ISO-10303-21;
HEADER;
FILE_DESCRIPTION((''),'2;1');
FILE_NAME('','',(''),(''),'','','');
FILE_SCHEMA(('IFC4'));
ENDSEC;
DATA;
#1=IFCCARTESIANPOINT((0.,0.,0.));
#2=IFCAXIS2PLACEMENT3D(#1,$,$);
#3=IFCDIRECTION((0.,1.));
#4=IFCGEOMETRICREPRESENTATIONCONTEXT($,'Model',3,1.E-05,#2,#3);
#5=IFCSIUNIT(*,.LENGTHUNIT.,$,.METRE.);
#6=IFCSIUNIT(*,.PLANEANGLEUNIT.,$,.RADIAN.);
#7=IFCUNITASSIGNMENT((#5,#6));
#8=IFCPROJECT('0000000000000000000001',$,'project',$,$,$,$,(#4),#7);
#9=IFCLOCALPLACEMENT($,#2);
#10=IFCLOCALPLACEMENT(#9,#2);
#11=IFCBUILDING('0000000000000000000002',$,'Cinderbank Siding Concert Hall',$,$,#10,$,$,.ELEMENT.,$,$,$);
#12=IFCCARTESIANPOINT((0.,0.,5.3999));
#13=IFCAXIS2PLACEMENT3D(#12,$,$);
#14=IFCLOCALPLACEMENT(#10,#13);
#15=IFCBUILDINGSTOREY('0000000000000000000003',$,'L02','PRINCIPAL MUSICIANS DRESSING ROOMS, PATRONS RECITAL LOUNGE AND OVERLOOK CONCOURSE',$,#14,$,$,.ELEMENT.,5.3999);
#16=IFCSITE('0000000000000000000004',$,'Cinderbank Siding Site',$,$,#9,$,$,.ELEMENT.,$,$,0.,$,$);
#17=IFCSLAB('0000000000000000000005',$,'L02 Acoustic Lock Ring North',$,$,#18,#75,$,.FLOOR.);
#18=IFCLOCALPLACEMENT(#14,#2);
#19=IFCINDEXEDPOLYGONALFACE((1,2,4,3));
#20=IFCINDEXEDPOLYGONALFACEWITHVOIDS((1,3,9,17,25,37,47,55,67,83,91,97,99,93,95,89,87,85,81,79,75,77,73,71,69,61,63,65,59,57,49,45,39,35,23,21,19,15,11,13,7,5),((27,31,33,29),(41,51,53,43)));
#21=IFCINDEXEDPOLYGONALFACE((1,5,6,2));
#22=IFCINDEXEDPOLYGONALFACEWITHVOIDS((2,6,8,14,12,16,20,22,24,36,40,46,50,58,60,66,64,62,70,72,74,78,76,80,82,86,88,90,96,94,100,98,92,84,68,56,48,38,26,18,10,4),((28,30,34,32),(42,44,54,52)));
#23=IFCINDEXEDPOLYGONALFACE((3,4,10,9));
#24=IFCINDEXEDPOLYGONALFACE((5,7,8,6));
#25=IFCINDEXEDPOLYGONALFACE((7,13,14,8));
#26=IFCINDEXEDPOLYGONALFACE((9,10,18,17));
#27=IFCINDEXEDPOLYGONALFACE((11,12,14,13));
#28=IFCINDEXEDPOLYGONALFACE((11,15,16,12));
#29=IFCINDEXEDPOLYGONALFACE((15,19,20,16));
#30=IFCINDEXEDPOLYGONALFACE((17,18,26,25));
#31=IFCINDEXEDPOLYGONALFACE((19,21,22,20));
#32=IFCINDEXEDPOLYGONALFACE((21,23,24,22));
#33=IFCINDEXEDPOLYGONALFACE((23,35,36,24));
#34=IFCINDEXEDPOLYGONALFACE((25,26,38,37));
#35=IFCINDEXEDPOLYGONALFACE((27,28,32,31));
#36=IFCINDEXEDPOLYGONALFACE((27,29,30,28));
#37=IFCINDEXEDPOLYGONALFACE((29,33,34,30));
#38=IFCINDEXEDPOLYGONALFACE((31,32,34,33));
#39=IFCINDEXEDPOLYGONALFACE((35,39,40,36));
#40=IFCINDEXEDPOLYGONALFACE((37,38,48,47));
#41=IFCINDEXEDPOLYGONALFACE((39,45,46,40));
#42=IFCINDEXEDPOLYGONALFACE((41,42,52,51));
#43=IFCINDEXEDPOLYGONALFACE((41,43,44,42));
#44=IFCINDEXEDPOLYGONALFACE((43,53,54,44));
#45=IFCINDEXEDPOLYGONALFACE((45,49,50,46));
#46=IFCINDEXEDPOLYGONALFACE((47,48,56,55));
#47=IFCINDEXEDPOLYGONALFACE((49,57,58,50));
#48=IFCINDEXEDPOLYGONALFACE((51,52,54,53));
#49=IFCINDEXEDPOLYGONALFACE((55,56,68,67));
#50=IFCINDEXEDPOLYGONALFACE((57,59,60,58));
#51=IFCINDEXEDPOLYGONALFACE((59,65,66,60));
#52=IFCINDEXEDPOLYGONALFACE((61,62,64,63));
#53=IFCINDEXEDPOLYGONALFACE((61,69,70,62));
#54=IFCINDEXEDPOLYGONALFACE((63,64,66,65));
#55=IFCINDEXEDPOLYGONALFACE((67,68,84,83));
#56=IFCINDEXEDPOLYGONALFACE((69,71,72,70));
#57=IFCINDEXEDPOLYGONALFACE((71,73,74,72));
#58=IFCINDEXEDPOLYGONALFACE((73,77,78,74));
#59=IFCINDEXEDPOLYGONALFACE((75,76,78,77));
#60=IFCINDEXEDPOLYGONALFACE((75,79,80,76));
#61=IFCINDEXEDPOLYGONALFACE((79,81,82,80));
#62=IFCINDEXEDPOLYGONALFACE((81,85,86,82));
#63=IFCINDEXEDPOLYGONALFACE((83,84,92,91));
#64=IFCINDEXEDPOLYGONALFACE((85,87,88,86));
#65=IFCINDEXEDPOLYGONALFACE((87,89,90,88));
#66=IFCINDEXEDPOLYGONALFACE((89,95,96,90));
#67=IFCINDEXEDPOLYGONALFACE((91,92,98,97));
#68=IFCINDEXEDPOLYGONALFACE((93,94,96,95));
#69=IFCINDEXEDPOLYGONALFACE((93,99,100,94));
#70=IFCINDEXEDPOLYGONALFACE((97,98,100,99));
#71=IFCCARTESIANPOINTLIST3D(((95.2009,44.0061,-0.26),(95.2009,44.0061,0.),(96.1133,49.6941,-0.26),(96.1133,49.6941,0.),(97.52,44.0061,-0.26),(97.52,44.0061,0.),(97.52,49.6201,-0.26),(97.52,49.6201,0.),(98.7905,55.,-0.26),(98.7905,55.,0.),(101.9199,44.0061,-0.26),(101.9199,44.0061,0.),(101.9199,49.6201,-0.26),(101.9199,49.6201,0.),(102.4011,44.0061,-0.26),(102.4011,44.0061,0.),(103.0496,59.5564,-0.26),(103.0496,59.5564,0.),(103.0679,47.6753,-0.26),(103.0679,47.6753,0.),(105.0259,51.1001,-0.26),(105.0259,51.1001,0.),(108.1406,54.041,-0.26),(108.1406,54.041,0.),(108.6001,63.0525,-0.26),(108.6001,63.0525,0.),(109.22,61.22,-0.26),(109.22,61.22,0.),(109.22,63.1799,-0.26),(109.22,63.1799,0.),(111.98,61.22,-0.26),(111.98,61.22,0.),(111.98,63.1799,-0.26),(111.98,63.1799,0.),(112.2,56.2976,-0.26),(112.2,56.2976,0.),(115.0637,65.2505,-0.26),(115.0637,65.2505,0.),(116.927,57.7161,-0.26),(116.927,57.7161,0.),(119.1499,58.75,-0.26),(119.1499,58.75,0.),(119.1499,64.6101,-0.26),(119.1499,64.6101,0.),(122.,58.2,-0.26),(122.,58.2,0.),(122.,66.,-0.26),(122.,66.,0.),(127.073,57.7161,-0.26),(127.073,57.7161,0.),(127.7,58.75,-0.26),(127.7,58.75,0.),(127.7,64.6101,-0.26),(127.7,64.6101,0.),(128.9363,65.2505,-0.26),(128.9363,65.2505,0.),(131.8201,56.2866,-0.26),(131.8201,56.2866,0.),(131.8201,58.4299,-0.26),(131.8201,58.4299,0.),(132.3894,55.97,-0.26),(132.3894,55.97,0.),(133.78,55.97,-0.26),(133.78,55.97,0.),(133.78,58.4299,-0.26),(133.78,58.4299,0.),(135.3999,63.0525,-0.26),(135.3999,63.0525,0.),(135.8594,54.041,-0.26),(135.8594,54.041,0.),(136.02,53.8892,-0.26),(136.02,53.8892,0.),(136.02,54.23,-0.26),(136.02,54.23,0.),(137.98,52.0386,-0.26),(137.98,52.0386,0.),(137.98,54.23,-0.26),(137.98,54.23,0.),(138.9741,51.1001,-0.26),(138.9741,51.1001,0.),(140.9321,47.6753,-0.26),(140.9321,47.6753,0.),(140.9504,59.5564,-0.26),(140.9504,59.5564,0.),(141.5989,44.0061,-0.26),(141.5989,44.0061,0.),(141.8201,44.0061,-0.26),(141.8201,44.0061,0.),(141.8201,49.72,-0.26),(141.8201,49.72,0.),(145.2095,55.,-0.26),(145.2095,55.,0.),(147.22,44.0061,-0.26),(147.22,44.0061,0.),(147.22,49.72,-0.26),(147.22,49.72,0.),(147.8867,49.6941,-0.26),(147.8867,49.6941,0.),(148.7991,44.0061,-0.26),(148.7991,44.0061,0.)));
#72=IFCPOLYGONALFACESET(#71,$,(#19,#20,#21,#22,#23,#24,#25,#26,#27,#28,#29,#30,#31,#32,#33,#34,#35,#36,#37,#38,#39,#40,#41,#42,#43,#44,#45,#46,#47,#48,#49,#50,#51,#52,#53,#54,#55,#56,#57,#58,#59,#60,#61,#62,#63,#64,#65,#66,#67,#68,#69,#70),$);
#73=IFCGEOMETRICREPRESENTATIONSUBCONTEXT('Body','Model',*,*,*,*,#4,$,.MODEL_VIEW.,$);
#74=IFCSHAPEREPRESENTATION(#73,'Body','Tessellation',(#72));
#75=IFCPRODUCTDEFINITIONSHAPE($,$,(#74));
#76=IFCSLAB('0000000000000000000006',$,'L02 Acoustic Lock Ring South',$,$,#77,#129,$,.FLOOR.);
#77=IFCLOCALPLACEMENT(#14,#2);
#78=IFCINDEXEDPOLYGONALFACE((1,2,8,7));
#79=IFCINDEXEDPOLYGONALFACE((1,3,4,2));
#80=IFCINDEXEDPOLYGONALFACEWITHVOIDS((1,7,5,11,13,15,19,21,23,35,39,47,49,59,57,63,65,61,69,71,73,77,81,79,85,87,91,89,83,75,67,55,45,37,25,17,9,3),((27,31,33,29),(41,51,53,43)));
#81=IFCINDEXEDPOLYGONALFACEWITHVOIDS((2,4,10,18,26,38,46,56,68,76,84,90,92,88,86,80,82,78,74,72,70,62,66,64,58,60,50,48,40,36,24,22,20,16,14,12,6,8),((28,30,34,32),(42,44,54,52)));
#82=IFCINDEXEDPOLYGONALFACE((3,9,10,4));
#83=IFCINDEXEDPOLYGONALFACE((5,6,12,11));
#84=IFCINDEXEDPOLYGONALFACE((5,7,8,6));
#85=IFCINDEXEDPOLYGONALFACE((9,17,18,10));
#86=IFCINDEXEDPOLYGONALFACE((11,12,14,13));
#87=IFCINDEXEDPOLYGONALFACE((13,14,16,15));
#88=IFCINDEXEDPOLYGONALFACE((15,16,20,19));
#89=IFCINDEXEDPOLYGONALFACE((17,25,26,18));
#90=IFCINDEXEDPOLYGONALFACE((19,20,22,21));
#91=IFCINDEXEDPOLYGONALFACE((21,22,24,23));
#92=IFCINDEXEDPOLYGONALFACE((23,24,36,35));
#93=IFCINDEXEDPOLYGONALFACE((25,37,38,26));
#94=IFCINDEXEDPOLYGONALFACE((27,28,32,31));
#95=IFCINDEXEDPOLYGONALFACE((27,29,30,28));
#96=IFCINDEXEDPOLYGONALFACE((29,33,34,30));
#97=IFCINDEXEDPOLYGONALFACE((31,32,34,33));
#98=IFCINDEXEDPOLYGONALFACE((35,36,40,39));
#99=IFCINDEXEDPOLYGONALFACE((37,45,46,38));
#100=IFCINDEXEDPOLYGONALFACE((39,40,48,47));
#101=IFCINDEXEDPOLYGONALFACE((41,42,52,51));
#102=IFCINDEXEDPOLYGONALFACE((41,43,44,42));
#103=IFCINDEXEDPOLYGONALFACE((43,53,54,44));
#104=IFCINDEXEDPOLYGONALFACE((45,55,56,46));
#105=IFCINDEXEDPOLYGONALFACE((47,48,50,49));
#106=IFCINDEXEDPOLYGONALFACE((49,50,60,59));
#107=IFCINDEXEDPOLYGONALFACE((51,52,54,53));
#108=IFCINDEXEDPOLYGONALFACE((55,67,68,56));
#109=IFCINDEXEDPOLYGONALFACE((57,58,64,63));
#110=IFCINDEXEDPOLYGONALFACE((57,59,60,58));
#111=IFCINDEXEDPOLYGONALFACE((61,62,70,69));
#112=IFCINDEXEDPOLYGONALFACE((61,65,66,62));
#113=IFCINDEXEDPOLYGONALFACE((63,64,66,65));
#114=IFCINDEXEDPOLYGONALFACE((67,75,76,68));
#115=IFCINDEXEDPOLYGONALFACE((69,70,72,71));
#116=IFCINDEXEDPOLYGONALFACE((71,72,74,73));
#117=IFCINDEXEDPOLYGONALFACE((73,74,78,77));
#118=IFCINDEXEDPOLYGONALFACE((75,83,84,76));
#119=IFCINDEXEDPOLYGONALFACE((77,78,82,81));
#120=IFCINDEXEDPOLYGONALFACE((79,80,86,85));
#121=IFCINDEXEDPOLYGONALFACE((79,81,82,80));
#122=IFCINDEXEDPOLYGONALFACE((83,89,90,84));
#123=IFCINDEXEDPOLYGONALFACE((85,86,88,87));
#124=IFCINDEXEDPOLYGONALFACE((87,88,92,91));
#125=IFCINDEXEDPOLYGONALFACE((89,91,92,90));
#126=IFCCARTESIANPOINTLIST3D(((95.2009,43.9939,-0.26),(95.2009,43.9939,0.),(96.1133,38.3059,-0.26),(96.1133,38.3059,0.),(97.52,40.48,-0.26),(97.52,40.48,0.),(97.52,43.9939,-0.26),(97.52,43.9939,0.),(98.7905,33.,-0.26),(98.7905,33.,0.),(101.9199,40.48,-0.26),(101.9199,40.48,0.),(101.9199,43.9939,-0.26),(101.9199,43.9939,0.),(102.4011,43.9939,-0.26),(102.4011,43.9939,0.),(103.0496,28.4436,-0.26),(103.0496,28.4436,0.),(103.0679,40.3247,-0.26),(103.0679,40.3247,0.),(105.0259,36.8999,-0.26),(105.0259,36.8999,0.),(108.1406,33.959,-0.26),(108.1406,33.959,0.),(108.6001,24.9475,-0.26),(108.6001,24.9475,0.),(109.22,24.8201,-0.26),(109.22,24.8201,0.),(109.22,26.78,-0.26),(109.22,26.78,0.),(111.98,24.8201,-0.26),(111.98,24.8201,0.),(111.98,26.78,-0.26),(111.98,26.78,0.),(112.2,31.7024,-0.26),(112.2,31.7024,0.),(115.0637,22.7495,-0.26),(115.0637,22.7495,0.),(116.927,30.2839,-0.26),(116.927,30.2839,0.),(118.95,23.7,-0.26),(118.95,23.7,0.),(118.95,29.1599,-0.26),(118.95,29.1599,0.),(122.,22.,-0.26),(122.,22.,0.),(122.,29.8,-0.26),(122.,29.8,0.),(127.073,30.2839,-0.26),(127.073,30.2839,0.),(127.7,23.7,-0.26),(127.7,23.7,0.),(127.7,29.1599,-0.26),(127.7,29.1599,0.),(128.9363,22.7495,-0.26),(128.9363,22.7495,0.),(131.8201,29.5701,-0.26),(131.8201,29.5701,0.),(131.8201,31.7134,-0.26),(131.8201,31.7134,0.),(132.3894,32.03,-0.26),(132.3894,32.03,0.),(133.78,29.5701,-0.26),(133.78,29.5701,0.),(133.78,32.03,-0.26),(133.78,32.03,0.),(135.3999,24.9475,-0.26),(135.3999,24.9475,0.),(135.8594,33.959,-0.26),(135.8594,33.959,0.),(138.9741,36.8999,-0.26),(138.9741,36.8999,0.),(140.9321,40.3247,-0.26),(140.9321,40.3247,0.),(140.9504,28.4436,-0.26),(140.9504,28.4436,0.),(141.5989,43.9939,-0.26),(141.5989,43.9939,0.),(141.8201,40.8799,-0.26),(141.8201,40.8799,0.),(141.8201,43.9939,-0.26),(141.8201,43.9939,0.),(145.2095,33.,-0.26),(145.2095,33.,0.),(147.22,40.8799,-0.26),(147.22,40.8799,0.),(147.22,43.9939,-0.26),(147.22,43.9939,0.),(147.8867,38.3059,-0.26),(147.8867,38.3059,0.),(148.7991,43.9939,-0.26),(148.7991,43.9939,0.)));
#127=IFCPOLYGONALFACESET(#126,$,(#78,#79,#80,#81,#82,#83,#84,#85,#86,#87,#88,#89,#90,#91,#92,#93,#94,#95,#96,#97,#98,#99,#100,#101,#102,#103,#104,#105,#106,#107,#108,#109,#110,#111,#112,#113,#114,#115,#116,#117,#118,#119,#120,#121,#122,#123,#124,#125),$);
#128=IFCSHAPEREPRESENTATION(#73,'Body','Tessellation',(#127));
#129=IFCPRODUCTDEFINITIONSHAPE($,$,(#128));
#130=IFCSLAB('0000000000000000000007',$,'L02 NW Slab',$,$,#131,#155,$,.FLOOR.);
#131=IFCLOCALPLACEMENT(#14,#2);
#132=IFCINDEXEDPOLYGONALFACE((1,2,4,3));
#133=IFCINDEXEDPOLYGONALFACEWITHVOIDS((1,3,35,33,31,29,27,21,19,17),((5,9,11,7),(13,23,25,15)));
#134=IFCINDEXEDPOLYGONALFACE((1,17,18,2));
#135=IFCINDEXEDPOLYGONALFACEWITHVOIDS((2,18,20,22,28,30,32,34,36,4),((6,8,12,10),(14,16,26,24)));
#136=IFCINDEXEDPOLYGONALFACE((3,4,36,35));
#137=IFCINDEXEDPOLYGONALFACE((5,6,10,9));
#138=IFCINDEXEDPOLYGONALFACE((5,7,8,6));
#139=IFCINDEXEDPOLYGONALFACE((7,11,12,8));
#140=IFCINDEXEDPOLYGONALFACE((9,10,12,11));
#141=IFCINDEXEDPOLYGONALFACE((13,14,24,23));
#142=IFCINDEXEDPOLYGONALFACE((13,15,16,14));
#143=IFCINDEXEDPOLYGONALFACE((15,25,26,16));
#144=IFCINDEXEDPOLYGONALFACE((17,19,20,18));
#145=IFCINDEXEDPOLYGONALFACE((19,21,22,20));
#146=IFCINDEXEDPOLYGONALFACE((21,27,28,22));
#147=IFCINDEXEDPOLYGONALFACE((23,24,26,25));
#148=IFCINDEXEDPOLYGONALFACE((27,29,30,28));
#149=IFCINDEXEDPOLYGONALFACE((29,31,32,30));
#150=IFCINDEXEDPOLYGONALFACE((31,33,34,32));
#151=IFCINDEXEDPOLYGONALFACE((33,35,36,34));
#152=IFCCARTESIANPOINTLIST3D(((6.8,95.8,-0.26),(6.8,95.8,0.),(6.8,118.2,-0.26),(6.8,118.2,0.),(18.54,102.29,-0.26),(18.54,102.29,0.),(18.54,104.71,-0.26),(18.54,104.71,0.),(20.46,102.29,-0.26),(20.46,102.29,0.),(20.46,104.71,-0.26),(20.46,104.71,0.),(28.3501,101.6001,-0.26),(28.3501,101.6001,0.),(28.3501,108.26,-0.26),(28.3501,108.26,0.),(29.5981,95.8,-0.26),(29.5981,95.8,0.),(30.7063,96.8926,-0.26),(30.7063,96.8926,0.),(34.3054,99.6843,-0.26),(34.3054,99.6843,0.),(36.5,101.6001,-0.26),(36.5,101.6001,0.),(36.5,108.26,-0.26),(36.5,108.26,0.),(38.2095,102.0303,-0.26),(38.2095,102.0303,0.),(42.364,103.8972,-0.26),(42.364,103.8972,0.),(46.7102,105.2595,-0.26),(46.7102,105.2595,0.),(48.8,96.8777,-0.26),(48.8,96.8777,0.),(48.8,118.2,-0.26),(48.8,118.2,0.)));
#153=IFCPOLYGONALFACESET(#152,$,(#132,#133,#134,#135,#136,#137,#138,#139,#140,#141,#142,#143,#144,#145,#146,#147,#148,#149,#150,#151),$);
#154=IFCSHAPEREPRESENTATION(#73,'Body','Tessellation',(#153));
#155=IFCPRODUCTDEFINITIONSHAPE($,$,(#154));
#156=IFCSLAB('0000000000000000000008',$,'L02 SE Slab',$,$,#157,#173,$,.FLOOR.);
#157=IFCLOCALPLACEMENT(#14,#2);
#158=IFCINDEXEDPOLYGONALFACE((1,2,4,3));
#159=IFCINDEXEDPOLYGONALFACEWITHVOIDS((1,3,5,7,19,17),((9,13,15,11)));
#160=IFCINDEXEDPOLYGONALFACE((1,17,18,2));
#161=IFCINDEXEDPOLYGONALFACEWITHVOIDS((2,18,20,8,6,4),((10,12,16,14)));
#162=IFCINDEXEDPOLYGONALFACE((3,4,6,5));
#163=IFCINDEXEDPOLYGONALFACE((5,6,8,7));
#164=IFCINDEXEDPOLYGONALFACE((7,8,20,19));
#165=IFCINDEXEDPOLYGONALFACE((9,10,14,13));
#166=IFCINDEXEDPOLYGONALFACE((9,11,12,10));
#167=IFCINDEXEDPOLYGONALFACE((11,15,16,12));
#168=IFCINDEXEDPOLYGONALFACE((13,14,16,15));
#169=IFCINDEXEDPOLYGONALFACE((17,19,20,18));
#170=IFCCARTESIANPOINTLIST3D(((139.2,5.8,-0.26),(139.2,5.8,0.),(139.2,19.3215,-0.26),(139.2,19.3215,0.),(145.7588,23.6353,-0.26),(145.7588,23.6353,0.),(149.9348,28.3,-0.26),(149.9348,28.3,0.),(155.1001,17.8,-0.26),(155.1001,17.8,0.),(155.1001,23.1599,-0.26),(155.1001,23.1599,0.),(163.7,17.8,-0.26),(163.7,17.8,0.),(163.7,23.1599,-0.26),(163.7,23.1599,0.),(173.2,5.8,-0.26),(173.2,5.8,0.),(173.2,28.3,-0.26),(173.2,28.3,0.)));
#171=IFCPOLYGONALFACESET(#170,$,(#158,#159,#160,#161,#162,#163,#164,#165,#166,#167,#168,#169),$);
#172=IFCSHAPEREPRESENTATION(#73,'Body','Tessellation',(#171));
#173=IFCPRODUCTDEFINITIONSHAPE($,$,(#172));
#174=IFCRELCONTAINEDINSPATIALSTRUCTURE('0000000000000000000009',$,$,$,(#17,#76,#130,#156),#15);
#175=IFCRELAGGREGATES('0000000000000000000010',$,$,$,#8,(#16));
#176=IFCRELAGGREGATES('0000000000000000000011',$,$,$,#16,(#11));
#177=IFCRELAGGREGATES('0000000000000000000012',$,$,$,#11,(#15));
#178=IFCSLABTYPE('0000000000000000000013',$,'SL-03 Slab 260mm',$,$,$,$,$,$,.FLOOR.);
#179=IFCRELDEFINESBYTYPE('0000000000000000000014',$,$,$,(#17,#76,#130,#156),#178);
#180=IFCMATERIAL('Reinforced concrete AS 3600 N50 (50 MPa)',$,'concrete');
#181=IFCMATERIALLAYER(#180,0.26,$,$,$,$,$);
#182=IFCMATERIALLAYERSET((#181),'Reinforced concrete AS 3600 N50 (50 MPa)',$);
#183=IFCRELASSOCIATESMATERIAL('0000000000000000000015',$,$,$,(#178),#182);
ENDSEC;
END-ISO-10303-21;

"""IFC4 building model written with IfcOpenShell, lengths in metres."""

from ifc_helpers import new_model, si_unit, direction, frame, origin, place, context, subcontext, project, spatial, polyline, outline, extrude, material, layer, layer_set, type_object, element, save


model = new_model("IFC4")

# Units and contexts
model_context = context("Model", 3, precision=1e-05, world=origin(), true_north=direction((0.0, 1.0)))
body_context = subcontext(model_context, "Body", "Model", "MODEL_VIEW")
ifc_project = project(units=[si_unit("LENGTHUNIT", "METRE"), si_unit("PLANEANGLEUNIT", "RADIAN")], contexts=[model_context])

# Site, building, storey
site_placement = place(None, origin())
site = spatial("IfcSite", under=ifc_project, at=site_placement, Name="Cinderbank Siding Site", CompositionType="ELEMENT", RefElevation=0.0)
building_placement = place(site_placement, origin())
building = spatial("IfcBuilding", under=site, at=building_placement, Name="Cinderbank Siding Concert Hall", CompositionType="ELEMENT")
storey_placement = place(building_placement, frame((0.0, 0.0, 5.3999)))
storey = spatial("IfcBuildingStorey", under=building, at=storey_placement, Name="L02", Description="PRINCIPAL MUSICIANS DRESSING ROOMS, PATRONS RECITAL LOUNGE AND OVERLOOK CONCOURSE", CompositionType="ELEMENT", Elevation=5.3999)

# Shared definitions
ifc_material = material(Name="Reinforced concrete AS 3600 N50 (50 MPa)", Category="concrete")

# Slabs
ifc_layer_1 = layer(ifc_material, 0.26)
ifc_layer_set_1 = layer_set([ifc_layer_1], Name="Reinforced concrete AS 3600 N50 (50 MPa)")
slab_type_1 = type_object("IfcSlabType", Name="SL-03 Slab 260mm", PredefinedType="FLOOR", material=ifc_layer_set_1)
slab_1_placement = place(storey_placement, frame((0.0, 0.0, -0.26)))
element("IfcSlab", 1, at=slab_1_placement, inside=storey, type_object=slab_type_1, Name="L02 Acoustic Lock Ring North", PredefinedType="FLOOR", context=body_context, shape_type="SweptSolid", body=[
    extrude(outline(polyline([(122.0, 66.0), (128.9363, 65.2505), (135.3999, 63.0525), (140.9504, 59.5564), (145.2095, 55.0), (147.8867, 49.6941), (148.7991, 44.0061), (147.22, 44.0061), (147.22, 49.72), (141.8201, 49.72), (141.8201, 44.0061), (141.5989, 44.0061), (140.9321, 47.6753), (138.9741, 51.1001), (137.98, 52.0386), (137.98, 54.23), (136.02, 54.23), (136.02, 53.8892), (135.8594, 54.041), (132.3894, 55.97), (133.78, 55.97), (133.78, 58.4299), (131.8201, 58.4299), (131.8201, 56.2866), (127.073, 57.7161), (122.0, 58.2), (116.927, 57.7161), (112.2, 56.2976), (108.1406, 54.041), (105.0259, 51.1001), (103.0679, 47.6753), (102.4011, 44.0061), (101.9199, 44.0061), (101.9199, 49.6201), (97.52, 49.6201), (97.52, 44.0061), (95.2009, 44.0061), (96.1133, 49.6941), (98.7905, 55.0), (103.0496, 59.5564), (108.6001, 63.0525), (115.0637, 65.2505), (122.0, 66.0)]), holes=[polyline([(119.1499, 58.75), (127.7, 58.75), (127.7, 64.6101), (119.1499, 64.6101), (119.1499, 58.75)]), polyline([(111.98, 61.22), (111.98, 63.1799), (109.22, 63.1799), (109.22, 61.22), (111.98, 61.22)])]), origin(), (0.0, 0.0, 1.0), 0.26),
])
slab_2_placement = place(storey_placement, frame((0.0, 0.0, -0.26)))
element("IfcSlab", 2, at=slab_2_placement, inside=storey, type_object=slab_type_1, Name="L02 Acoustic Lock Ring South", PredefinedType="FLOOR", context=body_context, shape_type="SweptSolid", body=[
    extrude(outline(polyline([(122.0, 22.0), (115.0637, 22.7495), (108.6001, 24.9475), (103.0496, 28.4436), (98.7905, 33.0), (96.1133, 38.3059), (95.2009, 43.9939), (97.52, 43.9939), (97.52, 40.48), (101.9199, 40.48), (101.9199, 43.9939), (102.4011, 43.9939), (103.0679, 40.3247), (105.0259, 36.8999), (108.1406, 33.959), (112.2, 31.7024), (116.927, 30.2839), (122.0, 29.8), (127.073, 30.2839), (131.8201, 31.7134), (131.8201, 29.5701), (133.78, 29.5701), (133.78, 32.03), (132.3894, 32.03), (135.8594, 33.959), (138.9741, 36.8999), (140.9321, 40.3247), (141.5989, 43.9939), (141.8201, 43.9939), (141.8201, 40.8799), (147.22, 40.8799), (147.22, 43.9939), (148.7991, 43.9939), (147.8867, 38.3059), (145.2095, 33.0), (140.9504, 28.4436), (135.3999, 24.9475), (128.9363, 22.7495), (122.0, 22.0)]), holes=[polyline([(118.95, 23.7), (127.7, 23.7), (127.7, 29.1599), (118.95, 29.1599), (118.95, 23.7)]), polyline([(111.98, 24.8201), (111.98, 26.78), (109.22, 26.78), (109.22, 24.8201), (111.98, 24.8201)])]), origin(), (0.0, 0.0, 1.0), 0.26),
])
slab_3_placement = place(storey_placement, frame((0.0, 0.0, -0.26)))
element("IfcSlab", 3, at=slab_3_placement, inside=storey, type_object=slab_type_1, Name="L02 NW Slab", PredefinedType="FLOOR", context=body_context, shape_type="SweptSolid", body=[
    extrude(outline(polyline([(6.8, 95.8), (6.8, 118.2), (48.8, 118.2), (48.8, 96.8777), (46.7102, 105.2595), (42.364, 103.8972), (38.2095, 102.0303), (34.3054, 99.6843), (30.7063, 96.8926), (29.5981, 95.8), (6.8, 95.8)]), holes=[polyline([(28.3501, 101.6001), (36.5, 101.6001), (36.5, 108.26), (28.3501, 108.26), (28.3501, 101.6001)]), polyline([(18.54, 102.29), (20.46, 102.29), (20.46, 104.71), (18.54, 104.71), (18.54, 102.29)])]), origin(), (0.0, 0.0, 1.0), 0.26),
])
slab_4_placement = place(storey_placement, frame((0.0, 0.0, -0.26)))
element("IfcSlab", 4, at=slab_4_placement, inside=storey, type_object=slab_type_1, Name="L02 SE Slab", PredefinedType="FLOOR", context=body_context, shape_type="SweptSolid", body=[
    extrude(outline(polyline([(173.2, 28.3), (173.2, 5.8), (139.2, 5.8), (139.2, 19.3215), (145.7588, 23.6353), (149.9348, 28.3), (173.2, 28.3)]), holes=[polyline([(155.1001, 17.8), (163.7, 17.8), (163.7, 23.1599), (155.1001, 23.1599), (155.1001, 17.8)])]), origin(), (0.0, 0.0, 1.0), 0.26),
])

save(model, "model.ifc")
